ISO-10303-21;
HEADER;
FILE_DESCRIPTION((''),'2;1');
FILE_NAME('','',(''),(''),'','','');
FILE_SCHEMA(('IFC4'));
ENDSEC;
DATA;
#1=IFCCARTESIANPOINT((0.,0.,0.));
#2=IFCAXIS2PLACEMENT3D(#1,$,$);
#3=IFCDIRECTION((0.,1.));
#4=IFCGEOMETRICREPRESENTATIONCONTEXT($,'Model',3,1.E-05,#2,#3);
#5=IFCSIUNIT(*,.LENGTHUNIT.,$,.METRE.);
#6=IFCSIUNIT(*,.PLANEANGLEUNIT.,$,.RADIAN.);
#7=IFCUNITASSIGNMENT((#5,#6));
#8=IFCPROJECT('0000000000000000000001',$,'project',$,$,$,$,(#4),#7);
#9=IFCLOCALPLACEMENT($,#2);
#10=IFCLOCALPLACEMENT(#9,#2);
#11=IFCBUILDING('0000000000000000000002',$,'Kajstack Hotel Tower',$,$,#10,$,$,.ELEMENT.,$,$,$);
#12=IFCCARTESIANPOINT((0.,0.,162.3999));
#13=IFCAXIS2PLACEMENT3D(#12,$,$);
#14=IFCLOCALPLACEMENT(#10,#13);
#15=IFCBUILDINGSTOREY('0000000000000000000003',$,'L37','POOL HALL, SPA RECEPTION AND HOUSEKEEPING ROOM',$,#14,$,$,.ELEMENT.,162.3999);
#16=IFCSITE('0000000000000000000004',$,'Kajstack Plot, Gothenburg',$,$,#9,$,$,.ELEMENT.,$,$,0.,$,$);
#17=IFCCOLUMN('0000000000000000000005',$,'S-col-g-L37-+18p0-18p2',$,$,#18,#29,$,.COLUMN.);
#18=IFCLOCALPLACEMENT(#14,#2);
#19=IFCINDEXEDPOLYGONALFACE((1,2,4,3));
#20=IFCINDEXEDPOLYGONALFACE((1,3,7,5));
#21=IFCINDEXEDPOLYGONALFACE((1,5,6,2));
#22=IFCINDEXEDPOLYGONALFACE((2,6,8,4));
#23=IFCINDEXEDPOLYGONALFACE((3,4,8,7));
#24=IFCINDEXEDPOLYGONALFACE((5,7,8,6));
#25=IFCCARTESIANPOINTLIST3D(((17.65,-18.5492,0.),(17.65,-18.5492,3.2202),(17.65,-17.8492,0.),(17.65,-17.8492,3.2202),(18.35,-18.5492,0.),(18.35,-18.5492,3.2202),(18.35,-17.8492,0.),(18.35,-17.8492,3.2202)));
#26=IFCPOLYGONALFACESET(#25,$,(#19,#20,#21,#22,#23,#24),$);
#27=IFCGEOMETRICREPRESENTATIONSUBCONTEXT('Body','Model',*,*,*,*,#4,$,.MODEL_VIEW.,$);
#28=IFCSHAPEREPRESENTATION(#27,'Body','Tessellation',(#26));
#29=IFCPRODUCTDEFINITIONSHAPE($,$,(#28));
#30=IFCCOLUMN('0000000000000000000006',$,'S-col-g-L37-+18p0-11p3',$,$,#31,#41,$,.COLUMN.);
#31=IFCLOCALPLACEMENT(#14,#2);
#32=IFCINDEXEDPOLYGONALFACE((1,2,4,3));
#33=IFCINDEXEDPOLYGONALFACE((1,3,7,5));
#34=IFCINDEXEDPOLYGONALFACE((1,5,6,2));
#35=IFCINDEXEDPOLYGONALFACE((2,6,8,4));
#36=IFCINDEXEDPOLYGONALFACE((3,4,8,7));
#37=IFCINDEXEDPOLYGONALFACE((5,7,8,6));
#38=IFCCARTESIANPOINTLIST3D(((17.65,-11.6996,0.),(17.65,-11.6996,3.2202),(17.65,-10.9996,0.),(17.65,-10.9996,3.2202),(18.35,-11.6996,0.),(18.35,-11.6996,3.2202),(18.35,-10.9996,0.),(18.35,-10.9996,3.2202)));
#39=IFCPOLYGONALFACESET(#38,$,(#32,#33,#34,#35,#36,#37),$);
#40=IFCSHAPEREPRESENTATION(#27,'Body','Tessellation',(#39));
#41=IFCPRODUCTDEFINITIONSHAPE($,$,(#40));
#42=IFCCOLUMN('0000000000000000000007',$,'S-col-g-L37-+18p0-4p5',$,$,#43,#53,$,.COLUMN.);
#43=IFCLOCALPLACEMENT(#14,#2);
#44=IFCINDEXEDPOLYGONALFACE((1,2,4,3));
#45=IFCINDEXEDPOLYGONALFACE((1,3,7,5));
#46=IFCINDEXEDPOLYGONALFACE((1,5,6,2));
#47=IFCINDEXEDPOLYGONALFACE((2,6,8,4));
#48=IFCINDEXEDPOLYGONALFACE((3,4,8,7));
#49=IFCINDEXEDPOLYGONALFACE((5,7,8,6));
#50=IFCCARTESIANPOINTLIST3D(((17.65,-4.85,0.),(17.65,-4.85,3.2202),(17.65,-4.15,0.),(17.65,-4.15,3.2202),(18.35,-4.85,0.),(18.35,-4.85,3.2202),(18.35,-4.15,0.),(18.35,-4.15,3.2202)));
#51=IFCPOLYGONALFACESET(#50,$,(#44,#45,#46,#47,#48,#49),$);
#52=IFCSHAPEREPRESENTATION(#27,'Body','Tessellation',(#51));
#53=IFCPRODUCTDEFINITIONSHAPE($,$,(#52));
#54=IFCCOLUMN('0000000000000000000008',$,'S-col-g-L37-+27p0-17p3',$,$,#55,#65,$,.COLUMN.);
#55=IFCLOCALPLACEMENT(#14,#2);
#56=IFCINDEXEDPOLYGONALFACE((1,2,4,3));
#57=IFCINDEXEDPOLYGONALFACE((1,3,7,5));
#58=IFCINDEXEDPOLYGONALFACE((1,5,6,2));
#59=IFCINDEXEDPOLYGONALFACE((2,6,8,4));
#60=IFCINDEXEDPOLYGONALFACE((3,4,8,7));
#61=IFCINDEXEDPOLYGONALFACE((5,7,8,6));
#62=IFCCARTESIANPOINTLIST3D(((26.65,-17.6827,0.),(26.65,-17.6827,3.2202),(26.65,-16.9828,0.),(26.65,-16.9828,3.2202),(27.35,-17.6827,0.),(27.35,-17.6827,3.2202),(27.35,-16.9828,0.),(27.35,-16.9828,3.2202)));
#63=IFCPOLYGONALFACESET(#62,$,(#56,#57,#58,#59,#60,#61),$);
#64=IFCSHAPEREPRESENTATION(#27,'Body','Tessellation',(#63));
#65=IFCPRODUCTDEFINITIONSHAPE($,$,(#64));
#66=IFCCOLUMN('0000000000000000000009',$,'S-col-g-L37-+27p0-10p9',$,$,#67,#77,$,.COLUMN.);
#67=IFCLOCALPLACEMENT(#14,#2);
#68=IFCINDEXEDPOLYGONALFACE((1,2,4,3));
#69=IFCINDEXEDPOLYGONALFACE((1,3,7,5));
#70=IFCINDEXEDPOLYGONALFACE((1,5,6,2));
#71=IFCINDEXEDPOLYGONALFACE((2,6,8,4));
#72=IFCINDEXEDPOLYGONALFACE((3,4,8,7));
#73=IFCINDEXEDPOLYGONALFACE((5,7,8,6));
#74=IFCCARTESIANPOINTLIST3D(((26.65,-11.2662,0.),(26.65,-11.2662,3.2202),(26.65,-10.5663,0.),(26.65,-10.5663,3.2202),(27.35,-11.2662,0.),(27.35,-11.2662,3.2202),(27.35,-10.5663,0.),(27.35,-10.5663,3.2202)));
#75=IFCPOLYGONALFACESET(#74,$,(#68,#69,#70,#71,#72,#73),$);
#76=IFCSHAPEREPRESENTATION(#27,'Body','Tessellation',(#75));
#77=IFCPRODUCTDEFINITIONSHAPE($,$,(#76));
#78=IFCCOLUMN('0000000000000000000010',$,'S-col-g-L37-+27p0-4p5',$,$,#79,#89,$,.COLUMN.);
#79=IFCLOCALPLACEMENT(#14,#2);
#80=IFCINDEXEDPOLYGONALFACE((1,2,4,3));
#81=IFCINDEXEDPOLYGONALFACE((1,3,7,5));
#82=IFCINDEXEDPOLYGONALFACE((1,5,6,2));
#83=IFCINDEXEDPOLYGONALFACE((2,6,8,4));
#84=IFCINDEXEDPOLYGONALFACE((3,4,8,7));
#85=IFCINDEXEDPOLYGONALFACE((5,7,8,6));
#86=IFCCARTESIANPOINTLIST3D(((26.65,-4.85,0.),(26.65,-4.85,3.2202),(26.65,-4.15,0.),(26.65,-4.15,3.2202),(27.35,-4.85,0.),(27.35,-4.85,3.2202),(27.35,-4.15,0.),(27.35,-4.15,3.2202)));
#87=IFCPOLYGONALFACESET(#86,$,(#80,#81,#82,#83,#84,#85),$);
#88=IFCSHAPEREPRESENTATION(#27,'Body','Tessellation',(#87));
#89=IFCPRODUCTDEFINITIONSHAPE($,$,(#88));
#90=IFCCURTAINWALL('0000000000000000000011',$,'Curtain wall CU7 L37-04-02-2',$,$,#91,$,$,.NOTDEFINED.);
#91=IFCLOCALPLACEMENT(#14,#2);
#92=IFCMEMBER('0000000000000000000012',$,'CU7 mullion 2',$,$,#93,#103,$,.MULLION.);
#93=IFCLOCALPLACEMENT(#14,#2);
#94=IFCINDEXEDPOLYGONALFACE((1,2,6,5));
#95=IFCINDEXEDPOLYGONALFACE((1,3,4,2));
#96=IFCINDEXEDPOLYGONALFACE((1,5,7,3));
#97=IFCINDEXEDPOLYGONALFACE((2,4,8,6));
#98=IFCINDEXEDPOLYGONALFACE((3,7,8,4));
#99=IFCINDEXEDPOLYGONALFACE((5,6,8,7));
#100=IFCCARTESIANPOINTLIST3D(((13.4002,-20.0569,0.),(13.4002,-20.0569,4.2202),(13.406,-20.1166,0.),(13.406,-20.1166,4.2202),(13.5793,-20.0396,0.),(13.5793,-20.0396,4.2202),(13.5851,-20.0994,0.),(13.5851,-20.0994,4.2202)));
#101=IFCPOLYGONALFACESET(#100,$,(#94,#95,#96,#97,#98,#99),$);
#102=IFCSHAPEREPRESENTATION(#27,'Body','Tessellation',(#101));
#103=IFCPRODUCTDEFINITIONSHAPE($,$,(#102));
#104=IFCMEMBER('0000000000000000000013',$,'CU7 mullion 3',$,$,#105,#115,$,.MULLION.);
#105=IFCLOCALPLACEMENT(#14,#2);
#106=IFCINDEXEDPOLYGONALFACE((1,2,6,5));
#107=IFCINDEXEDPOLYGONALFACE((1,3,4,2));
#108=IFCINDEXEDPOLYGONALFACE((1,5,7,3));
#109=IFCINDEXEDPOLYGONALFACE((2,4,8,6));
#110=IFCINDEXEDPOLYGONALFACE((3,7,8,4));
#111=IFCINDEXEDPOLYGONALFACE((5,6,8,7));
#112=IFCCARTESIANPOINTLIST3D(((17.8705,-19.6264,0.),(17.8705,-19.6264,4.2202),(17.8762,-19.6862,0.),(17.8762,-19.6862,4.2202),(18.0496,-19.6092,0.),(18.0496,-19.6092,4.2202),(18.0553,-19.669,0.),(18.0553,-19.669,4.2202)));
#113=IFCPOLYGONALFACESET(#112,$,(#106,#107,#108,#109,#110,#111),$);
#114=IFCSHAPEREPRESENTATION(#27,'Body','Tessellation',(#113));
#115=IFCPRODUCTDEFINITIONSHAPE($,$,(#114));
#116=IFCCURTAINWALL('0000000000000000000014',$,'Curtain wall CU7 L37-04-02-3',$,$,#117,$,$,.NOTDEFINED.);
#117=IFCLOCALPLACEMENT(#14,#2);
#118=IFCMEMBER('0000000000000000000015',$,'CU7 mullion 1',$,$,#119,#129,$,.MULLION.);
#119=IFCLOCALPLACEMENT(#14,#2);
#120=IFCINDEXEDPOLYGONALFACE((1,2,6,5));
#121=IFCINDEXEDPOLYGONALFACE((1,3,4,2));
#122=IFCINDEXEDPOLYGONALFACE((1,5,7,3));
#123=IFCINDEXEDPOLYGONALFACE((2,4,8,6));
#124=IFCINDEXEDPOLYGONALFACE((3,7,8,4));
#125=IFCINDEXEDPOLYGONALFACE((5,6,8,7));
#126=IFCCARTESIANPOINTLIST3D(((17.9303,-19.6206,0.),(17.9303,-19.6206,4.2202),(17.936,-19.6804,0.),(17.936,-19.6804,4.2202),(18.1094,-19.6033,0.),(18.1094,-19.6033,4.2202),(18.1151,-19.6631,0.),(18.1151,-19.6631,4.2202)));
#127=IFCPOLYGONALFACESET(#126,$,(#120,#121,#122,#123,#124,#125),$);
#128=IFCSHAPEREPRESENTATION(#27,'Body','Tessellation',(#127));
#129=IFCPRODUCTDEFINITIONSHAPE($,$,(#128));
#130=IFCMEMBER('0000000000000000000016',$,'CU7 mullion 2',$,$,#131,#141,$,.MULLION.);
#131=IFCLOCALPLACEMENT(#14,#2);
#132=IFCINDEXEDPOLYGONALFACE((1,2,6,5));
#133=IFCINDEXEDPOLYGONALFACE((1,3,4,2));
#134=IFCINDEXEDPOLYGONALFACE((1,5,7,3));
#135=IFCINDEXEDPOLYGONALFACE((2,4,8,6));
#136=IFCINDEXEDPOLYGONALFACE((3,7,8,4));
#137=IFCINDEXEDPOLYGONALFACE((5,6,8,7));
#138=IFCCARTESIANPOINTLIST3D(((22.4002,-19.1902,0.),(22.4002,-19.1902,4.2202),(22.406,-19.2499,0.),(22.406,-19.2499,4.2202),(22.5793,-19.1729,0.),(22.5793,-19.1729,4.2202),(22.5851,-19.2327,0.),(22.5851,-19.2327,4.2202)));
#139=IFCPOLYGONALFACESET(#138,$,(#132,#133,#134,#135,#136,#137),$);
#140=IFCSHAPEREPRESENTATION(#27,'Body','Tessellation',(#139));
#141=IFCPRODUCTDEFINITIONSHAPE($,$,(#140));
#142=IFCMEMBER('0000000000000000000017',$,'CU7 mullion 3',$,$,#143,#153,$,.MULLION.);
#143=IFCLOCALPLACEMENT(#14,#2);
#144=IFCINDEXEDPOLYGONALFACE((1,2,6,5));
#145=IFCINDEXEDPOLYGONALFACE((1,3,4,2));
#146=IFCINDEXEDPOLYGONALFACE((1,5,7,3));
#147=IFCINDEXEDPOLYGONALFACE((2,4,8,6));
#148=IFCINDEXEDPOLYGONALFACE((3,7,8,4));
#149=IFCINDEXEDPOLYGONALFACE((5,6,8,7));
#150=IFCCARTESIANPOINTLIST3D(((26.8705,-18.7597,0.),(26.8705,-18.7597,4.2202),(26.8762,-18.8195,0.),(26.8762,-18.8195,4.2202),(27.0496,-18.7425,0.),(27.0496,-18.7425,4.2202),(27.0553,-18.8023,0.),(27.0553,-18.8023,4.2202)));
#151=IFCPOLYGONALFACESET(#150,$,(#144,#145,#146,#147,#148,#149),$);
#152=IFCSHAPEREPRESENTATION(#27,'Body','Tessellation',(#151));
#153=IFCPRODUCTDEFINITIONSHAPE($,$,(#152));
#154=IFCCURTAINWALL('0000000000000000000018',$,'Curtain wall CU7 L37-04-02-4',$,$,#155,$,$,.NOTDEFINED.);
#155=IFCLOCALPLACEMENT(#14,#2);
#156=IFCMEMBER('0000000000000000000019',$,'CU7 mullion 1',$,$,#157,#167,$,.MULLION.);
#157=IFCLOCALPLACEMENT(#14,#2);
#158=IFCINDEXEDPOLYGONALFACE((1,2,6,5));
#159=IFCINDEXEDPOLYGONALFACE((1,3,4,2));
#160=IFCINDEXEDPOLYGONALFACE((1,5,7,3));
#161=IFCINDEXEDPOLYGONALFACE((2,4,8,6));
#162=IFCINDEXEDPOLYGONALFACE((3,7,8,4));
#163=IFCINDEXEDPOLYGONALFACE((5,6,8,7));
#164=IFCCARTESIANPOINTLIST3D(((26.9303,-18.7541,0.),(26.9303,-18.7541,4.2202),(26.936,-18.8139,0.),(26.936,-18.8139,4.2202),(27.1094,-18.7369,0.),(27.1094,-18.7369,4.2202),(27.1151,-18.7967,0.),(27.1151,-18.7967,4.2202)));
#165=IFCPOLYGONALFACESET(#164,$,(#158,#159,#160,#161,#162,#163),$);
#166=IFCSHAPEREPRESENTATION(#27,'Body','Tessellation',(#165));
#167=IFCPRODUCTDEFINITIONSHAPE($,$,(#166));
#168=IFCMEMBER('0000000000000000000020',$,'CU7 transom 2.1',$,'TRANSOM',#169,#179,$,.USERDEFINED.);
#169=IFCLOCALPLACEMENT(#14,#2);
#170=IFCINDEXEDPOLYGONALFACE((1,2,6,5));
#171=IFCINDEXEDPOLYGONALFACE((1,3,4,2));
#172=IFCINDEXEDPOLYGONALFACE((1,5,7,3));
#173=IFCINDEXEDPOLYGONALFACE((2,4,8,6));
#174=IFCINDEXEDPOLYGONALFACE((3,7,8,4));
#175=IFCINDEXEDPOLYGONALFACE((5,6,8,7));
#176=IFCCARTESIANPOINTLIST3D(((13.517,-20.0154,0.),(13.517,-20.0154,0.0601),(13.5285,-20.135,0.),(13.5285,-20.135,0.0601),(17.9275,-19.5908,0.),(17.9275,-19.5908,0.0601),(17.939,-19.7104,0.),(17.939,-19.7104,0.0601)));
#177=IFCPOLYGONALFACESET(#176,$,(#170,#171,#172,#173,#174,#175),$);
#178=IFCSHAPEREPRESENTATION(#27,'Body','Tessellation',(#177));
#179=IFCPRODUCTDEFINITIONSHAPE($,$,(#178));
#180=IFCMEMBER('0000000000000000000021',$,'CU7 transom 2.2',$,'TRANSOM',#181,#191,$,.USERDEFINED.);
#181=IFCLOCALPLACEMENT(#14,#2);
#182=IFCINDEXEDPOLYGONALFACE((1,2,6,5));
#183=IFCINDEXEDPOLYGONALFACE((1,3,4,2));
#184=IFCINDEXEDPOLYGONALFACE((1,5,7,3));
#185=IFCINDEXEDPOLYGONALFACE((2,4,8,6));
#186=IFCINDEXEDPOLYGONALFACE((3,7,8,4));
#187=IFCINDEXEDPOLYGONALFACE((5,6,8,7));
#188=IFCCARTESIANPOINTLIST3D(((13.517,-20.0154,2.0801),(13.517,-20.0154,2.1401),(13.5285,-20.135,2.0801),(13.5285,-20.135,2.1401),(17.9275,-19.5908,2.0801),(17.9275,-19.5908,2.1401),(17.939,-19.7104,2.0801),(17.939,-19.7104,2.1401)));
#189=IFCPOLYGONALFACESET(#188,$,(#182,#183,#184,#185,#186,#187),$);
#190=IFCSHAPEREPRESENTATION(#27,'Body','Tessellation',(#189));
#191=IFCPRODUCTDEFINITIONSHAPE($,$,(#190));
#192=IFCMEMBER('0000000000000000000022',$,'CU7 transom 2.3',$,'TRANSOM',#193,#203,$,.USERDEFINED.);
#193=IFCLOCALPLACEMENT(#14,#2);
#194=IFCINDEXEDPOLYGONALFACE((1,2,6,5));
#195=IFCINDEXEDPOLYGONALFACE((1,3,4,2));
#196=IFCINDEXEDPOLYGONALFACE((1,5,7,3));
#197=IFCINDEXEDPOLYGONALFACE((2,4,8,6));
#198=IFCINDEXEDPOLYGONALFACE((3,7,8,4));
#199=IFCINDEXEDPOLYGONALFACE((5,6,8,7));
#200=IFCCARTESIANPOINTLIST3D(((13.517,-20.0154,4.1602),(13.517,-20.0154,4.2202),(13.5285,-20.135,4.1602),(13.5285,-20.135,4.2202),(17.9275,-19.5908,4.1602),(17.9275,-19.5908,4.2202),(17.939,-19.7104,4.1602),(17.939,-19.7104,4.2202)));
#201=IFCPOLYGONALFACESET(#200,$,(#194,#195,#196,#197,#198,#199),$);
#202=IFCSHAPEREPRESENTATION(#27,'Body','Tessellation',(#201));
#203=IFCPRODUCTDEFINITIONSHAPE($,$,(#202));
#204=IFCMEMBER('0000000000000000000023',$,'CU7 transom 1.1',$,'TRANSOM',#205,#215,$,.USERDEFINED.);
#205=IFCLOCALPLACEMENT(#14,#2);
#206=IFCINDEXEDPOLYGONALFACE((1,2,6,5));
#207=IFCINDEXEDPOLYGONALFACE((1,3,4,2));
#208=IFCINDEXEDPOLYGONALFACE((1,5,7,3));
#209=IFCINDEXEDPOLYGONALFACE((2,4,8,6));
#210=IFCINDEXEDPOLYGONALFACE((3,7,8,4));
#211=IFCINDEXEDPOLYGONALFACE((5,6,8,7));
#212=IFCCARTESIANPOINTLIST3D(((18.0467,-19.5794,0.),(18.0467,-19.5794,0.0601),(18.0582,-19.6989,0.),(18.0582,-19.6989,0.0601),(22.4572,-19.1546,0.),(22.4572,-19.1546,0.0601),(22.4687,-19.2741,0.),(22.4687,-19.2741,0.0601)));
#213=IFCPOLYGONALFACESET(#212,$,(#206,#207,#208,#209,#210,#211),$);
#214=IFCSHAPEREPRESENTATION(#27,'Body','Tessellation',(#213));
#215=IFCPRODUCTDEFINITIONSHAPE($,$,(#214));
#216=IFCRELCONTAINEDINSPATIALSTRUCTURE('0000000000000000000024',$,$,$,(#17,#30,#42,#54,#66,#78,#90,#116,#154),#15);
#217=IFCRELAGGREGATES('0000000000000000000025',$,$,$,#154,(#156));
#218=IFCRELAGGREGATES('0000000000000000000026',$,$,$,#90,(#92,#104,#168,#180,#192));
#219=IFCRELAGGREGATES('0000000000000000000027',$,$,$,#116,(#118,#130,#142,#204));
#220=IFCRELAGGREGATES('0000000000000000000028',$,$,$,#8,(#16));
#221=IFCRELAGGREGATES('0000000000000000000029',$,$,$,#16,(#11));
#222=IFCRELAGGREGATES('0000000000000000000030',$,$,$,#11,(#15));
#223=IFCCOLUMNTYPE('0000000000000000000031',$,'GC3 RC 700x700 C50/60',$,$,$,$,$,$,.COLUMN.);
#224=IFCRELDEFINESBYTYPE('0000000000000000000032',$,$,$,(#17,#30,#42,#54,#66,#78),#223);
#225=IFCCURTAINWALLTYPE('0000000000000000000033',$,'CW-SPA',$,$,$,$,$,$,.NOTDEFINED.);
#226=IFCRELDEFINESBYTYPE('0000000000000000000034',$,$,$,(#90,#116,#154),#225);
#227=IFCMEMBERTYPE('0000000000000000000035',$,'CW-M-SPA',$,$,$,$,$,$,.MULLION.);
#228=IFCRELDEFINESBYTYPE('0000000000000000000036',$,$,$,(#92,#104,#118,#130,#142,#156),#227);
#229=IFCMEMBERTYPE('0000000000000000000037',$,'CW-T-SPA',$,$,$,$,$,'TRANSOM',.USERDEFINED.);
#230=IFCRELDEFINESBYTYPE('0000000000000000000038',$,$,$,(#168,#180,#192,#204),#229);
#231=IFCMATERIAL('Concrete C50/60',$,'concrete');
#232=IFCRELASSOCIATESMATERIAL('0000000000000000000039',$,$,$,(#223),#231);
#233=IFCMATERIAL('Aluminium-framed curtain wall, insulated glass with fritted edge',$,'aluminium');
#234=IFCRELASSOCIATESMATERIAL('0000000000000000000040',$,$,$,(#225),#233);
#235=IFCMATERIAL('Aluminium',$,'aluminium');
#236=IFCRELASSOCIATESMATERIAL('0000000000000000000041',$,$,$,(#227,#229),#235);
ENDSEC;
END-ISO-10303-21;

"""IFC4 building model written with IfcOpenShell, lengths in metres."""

from ifc_helpers import new_model, si_unit, direction, frame, origin, origin_2d, place, context, subcontext, project, spatial, rectangle, extrude, material, material_profile, profile_set, type_object, element, aggregate, save


model = new_model("IFC4")

# Units and contexts
model_context = context("Model", 3, precision=1e-05, world=origin(), true_north=direction((0.0, 1.0)))
body_context = subcontext(model_context, "Body", "Model", "MODEL_VIEW")
ifc_project = project(units=[si_unit("LENGTHUNIT", "METRE"), si_unit("PLANEANGLEUNIT", "RADIAN")], contexts=[model_context])

# Site, building, storey
site_placement = place(None, origin())
site = spatial("IfcSite", under=ifc_project, at=site_placement, Name="Kajstack Plot, Gothenburg", CompositionType="ELEMENT", RefElevation=0.0)
building_placement = place(site_placement, origin())
building = spatial("IfcBuilding", under=site, at=building_placement, Name="Kajstack Hotel Tower", CompositionType="ELEMENT")
storey_placement = place(building_placement, frame((0.0, 0.0, 162.3999)))
storey = spatial("IfcBuildingStorey", under=building, at=storey_placement, Name="L37", Description="POOL HALL, SPA RECEPTION AND HOUSEKEEPING ROOM", CompositionType="ELEMENT", Elevation=162.3999)

# Columns
ifc_material_1 = material(Name="Concrete C50/60", Category="concrete")
ifc_material_profile_1 = material_profile(ifc_material_1, rectangle(XDim=0.7, YDim=0.7, at=origin_2d()), Name="RC 700x700")
ifc_profile_set_1 = profile_set([ifc_material_profile_1], Name="Concrete C50/60")
column_type = type_object("IfcColumnType", Name="GC3 RC 700x700 C50/60", PredefinedType="COLUMN", material=ifc_profile_set_1)
for number, where, z_axis, x_axis, name in (
    (1, (18.0, -18.1992, 0.0), (0.0, 0.0, 1.0), (1.0, 0.0, 0.0), "S-col-g-L37-+18p0-18p2"),
    (2, (18.0, -11.3496, 0.0), (0.0, 0.0, 1.0), (1.0, 0.0, 0.0), "S-col-g-L37-+18p0-11p3"),
    (3, (18.0, -4.5, 0.0), (0.0, 0.0, 1.0), (1.0, 0.0, 0.0), "S-col-g-L37-+18p0-4p5"),
    (4, (27.0, -17.3328, 0.0), (0.0, 0.0, 1.0), (1.0, 0.0, 0.0), "S-col-g-L37-+27p0-17p3"),
    (5, (27.0, -10.9163, 0.0), (0.0, 0.0, 1.0), (1.0, 0.0, 0.0), "S-col-g-L37-+27p0-10p9"),
    (6, (27.0, -4.5, 0.0), (0.0, 0.0, 1.0), (1.0, 0.0, 0.0), "S-col-g-L37-+27p0-4p5"),
):
    element("IfcColumn", number, at=place(storey_placement, frame(where, z_axis=z_axis, x_axis=x_axis)), inside=storey, type_object=column_type, Name=name, PredefinedType="COLUMN", context=body_context, shape_type="SweptSolid", body=[
        extrude(rectangle(XDim=0.7, YDim=0.7, at=origin_2d()), origin(), (0.0, 0.0, 1.0), 3.2202),
    ])

# Curtain walls, members
ifc_material_2 = material(Name="Aluminium-framed curtain wall, insulated glass with fritted edge", Category="aluminium")
curtain_wall_type = type_object("IfcCurtainWallType", Name="CW-SPA", PredefinedType="NOTDEFINED", material=ifc_material_2)
curtain_wall_1_placement = place(storey_placement, origin())
curtain_wall_1 = element("IfcCurtainWall", 7, at=curtain_wall_1_placement, inside=storey, type_object=curtain_wall_type, Name="Curtain wall CU7 L37-04-02-2", PredefinedType="NOTDEFINED")
ifc_material_3 = material(Name="Aluminium", Category="aluminium")
ifc_material_profile_2 = material_profile(ifc_material_3, rectangle(XDim=0.0601, YDim=0.1799, at=origin_2d()), Name="Aluminium mullion 60 x 180")
ifc_profile_set_2 = profile_set([ifc_material_profile_2], Name="Aluminium")
member_type_1 = type_object("IfcMemberType", Name="CW-M-SPA", PredefinedType="MULLION", material=ifc_profile_set_2)
member_1_placement = place(storey_placement, frame((13.4927, -20.0781, 0.0), z_axis=(0.0, 0.0, 1.0), x_axis=(-0.095845, 0.995396, 0.0)))
member_1 = element("IfcMember", 8, at=member_1_placement, type_object=member_type_1, Name="CU7 mullion 2", PredefinedType="MULLION", context=body_context, shape_type="SweptSolid", body=[
    extrude(rectangle(XDim=0.0601, YDim=0.1799, at=origin_2d()), origin(), (0.0, 0.0, 1.0), 4.2202),
])
member_2_placement = place(storey_placement, frame((17.9629, -19.6477, 0.0), z_axis=(0.0, 0.0, 1.0), x_axis=(-0.095845, 0.995396, 0.0)))
member_2 = element("IfcMember", 9, at=member_2_placement, type_object=member_type_1, Name="CU7 mullion 3", PredefinedType="MULLION", context=body_context, shape_type="SweptSolid", body=[
    extrude(rectangle(XDim=0.0601, YDim=0.1799, at=origin_2d()), origin(), (0.0, 0.0, 1.0), 4.2202),
])
curtain_wall_2_placement = place(storey_placement, origin())
curtain_wall_2 = element("IfcCurtainWall", 10, at=curtain_wall_2_placement, inside=storey, type_object=curtain_wall_type, Name="Curtain wall CU7 L37-04-02-3", PredefinedType="NOTDEFINED")
member_3_placement = place(storey_placement, frame((18.0227, -19.6418, 0.0), z_axis=(0.0, 0.0, 1.0), x_axis=(-0.095845, 0.995396, 0.0)))
member_3 = element("IfcMember", 11, at=member_3_placement, type_object=member_type_1, Name="CU7 mullion 1", PredefinedType="MULLION", context=body_context, shape_type="SweptSolid", body=[
    extrude(rectangle(XDim=0.0601, YDim=0.1799, at=origin_2d()), origin(), (0.0, 0.0, 1.0), 4.2202),
])
member_4_placement = place(storey_placement, frame((22.4927, -19.2114, 0.0), z_axis=(0.0, 0.0, 1.0), x_axis=(-0.095845, 0.995396, 0.0)))
member_4 = element("IfcMember", 12, at=member_4_placement, type_object=member_type_1, Name="CU7 mullion 2", PredefinedType="MULLION", context=body_context, shape_type="SweptSolid", body=[
    extrude(rectangle(XDim=0.0601, YDim=0.1799, at=origin_2d()), origin(), (0.0, 0.0, 1.0), 4.2202),
])
member_5_placement = place(storey_placement, frame((26.9629, -18.781, 0.0), z_axis=(0.0, 0.0, 1.0), x_axis=(-0.095845, 0.995396, 0.0)))
member_5 = element("IfcMember", 13, at=member_5_placement, type_object=member_type_1, Name="CU7 mullion 3", PredefinedType="MULLION", context=body_context, shape_type="SweptSolid", body=[
    extrude(rectangle(XDim=0.0601, YDim=0.1799, at=origin_2d()), origin(), (0.0, 0.0, 1.0), 4.2202),
])

# Curtain wall, member
curtain_wall_3_placement = place(storey_placement, origin())
curtain_wall_3 = element("IfcCurtainWall", 14, at=curtain_wall_3_placement, inside=storey, type_object=curtain_wall_type, Name="Curtain wall CU7 L37-04-02-4", PredefinedType="NOTDEFINED")
member_6_placement = place(storey_placement, frame((27.0227, -18.7754, 0.0), z_axis=(0.0, 0.0, 1.0), x_axis=(-0.095845, 0.995396, 0.0)))
member_6 = element("IfcMember", 15, at=member_6_placement, type_object=member_type_1, Name="CU7 mullion 1", PredefinedType="MULLION", context=body_context, shape_type="SweptSolid", body=[
    extrude(rectangle(XDim=0.0601, YDim=0.1799, at=origin_2d()), origin(), (0.0, 0.0, 1.0), 4.2202),
])

# Members
ifc_material_profile_3 = material_profile(ifc_material_3, rectangle(XDim=0.1201, YDim=0.0601, at=origin_2d()), Name="Aluminium transom 120 x 60")
ifc_profile_set_3 = profile_set([ifc_material_profile_3], Name="Aluminium")
member_type_2 = type_object("IfcMemberType", Name="CW-T-SPA", ElementType="TRANSOM", PredefinedType="USERDEFINED", material=ifc_profile_set_3)
member_7_placement = place(storey_placement, frame((13.5227, -20.0752, 0.03), z_axis=(0.995399, 0.095821, 0.0), x_axis=(-0.095821, 0.995399, 0.0)))
member_7 = element("IfcMember", 16, at=member_7_placement, type_object=member_type_2, Name="CU7 transom 2.1", ObjectType="TRANSOM", PredefinedType="USERDEFINED", context=body_context, shape_type="SweptSolid", body=[
    extrude(rectangle(XDim=0.1201, YDim=0.0601, at=origin_2d()), origin(), (0.0, 0.0, 1.0), 4.4309),
])
member_8_placement = place(storey_placement, frame((13.5227, -20.0752, 2.1101), z_axis=(0.995399, 0.095821, 0.0), x_axis=(-0.095821, 0.995399, 0.0)))
member_8 = element("IfcMember", 17, at=member_8_placement, type_object=member_type_2, Name="CU7 transom 2.2", ObjectType="TRANSOM", PredefinedType="USERDEFINED", context=body_context, shape_type="SweptSolid", body=[
    extrude(rectangle(XDim=0.1201, YDim=0.0601, at=origin_2d()), origin(), (0.0, 0.0, 1.0), 4.4309),
])
member_9_placement = place(storey_placement, frame((13.5227, -20.0752, 4.1902), z_axis=(0.995399, 0.095821, 0.0), x_axis=(-0.095821, 0.995399, 0.0)))
member_9 = element("IfcMember", 18, at=member_9_placement, type_object=member_type_2, Name="CU7 transom 2.3", ObjectType="TRANSOM", PredefinedType="USERDEFINED", context=body_context, shape_type="SweptSolid", body=[
    extrude(rectangle(XDim=0.1201, YDim=0.0601, at=origin_2d()), origin(), (0.0, 0.0, 1.0), 4.4309),
])
member_10_placement = place(storey_placement, frame((18.0525, -19.6392, 0.03), z_axis=(0.995393, 0.095875, 0.0), x_axis=(-0.095875, 0.995393, 0.0)))
member_10 = element("IfcMember", 19, at=member_10_placement, type_object=member_type_2, Name="CU7 transom 1.1", ObjectType="TRANSOM", PredefinedType="USERDEFINED", context=body_context, shape_type="SweptSolid", body=[
    extrude(rectangle(XDim=0.1201, YDim=0.0601, at=origin_2d()), origin(), (0.0, 0.0, 1.0), 4.4309),
])
aggregate(curtain_wall_3, [member_6])

aggregate(curtain_wall_1, [member_1, member_2, member_7, member_8, member_9])
aggregate(curtain_wall_2, [member_3, member_4, member_5, member_10])

save(model, "model.ifc")
